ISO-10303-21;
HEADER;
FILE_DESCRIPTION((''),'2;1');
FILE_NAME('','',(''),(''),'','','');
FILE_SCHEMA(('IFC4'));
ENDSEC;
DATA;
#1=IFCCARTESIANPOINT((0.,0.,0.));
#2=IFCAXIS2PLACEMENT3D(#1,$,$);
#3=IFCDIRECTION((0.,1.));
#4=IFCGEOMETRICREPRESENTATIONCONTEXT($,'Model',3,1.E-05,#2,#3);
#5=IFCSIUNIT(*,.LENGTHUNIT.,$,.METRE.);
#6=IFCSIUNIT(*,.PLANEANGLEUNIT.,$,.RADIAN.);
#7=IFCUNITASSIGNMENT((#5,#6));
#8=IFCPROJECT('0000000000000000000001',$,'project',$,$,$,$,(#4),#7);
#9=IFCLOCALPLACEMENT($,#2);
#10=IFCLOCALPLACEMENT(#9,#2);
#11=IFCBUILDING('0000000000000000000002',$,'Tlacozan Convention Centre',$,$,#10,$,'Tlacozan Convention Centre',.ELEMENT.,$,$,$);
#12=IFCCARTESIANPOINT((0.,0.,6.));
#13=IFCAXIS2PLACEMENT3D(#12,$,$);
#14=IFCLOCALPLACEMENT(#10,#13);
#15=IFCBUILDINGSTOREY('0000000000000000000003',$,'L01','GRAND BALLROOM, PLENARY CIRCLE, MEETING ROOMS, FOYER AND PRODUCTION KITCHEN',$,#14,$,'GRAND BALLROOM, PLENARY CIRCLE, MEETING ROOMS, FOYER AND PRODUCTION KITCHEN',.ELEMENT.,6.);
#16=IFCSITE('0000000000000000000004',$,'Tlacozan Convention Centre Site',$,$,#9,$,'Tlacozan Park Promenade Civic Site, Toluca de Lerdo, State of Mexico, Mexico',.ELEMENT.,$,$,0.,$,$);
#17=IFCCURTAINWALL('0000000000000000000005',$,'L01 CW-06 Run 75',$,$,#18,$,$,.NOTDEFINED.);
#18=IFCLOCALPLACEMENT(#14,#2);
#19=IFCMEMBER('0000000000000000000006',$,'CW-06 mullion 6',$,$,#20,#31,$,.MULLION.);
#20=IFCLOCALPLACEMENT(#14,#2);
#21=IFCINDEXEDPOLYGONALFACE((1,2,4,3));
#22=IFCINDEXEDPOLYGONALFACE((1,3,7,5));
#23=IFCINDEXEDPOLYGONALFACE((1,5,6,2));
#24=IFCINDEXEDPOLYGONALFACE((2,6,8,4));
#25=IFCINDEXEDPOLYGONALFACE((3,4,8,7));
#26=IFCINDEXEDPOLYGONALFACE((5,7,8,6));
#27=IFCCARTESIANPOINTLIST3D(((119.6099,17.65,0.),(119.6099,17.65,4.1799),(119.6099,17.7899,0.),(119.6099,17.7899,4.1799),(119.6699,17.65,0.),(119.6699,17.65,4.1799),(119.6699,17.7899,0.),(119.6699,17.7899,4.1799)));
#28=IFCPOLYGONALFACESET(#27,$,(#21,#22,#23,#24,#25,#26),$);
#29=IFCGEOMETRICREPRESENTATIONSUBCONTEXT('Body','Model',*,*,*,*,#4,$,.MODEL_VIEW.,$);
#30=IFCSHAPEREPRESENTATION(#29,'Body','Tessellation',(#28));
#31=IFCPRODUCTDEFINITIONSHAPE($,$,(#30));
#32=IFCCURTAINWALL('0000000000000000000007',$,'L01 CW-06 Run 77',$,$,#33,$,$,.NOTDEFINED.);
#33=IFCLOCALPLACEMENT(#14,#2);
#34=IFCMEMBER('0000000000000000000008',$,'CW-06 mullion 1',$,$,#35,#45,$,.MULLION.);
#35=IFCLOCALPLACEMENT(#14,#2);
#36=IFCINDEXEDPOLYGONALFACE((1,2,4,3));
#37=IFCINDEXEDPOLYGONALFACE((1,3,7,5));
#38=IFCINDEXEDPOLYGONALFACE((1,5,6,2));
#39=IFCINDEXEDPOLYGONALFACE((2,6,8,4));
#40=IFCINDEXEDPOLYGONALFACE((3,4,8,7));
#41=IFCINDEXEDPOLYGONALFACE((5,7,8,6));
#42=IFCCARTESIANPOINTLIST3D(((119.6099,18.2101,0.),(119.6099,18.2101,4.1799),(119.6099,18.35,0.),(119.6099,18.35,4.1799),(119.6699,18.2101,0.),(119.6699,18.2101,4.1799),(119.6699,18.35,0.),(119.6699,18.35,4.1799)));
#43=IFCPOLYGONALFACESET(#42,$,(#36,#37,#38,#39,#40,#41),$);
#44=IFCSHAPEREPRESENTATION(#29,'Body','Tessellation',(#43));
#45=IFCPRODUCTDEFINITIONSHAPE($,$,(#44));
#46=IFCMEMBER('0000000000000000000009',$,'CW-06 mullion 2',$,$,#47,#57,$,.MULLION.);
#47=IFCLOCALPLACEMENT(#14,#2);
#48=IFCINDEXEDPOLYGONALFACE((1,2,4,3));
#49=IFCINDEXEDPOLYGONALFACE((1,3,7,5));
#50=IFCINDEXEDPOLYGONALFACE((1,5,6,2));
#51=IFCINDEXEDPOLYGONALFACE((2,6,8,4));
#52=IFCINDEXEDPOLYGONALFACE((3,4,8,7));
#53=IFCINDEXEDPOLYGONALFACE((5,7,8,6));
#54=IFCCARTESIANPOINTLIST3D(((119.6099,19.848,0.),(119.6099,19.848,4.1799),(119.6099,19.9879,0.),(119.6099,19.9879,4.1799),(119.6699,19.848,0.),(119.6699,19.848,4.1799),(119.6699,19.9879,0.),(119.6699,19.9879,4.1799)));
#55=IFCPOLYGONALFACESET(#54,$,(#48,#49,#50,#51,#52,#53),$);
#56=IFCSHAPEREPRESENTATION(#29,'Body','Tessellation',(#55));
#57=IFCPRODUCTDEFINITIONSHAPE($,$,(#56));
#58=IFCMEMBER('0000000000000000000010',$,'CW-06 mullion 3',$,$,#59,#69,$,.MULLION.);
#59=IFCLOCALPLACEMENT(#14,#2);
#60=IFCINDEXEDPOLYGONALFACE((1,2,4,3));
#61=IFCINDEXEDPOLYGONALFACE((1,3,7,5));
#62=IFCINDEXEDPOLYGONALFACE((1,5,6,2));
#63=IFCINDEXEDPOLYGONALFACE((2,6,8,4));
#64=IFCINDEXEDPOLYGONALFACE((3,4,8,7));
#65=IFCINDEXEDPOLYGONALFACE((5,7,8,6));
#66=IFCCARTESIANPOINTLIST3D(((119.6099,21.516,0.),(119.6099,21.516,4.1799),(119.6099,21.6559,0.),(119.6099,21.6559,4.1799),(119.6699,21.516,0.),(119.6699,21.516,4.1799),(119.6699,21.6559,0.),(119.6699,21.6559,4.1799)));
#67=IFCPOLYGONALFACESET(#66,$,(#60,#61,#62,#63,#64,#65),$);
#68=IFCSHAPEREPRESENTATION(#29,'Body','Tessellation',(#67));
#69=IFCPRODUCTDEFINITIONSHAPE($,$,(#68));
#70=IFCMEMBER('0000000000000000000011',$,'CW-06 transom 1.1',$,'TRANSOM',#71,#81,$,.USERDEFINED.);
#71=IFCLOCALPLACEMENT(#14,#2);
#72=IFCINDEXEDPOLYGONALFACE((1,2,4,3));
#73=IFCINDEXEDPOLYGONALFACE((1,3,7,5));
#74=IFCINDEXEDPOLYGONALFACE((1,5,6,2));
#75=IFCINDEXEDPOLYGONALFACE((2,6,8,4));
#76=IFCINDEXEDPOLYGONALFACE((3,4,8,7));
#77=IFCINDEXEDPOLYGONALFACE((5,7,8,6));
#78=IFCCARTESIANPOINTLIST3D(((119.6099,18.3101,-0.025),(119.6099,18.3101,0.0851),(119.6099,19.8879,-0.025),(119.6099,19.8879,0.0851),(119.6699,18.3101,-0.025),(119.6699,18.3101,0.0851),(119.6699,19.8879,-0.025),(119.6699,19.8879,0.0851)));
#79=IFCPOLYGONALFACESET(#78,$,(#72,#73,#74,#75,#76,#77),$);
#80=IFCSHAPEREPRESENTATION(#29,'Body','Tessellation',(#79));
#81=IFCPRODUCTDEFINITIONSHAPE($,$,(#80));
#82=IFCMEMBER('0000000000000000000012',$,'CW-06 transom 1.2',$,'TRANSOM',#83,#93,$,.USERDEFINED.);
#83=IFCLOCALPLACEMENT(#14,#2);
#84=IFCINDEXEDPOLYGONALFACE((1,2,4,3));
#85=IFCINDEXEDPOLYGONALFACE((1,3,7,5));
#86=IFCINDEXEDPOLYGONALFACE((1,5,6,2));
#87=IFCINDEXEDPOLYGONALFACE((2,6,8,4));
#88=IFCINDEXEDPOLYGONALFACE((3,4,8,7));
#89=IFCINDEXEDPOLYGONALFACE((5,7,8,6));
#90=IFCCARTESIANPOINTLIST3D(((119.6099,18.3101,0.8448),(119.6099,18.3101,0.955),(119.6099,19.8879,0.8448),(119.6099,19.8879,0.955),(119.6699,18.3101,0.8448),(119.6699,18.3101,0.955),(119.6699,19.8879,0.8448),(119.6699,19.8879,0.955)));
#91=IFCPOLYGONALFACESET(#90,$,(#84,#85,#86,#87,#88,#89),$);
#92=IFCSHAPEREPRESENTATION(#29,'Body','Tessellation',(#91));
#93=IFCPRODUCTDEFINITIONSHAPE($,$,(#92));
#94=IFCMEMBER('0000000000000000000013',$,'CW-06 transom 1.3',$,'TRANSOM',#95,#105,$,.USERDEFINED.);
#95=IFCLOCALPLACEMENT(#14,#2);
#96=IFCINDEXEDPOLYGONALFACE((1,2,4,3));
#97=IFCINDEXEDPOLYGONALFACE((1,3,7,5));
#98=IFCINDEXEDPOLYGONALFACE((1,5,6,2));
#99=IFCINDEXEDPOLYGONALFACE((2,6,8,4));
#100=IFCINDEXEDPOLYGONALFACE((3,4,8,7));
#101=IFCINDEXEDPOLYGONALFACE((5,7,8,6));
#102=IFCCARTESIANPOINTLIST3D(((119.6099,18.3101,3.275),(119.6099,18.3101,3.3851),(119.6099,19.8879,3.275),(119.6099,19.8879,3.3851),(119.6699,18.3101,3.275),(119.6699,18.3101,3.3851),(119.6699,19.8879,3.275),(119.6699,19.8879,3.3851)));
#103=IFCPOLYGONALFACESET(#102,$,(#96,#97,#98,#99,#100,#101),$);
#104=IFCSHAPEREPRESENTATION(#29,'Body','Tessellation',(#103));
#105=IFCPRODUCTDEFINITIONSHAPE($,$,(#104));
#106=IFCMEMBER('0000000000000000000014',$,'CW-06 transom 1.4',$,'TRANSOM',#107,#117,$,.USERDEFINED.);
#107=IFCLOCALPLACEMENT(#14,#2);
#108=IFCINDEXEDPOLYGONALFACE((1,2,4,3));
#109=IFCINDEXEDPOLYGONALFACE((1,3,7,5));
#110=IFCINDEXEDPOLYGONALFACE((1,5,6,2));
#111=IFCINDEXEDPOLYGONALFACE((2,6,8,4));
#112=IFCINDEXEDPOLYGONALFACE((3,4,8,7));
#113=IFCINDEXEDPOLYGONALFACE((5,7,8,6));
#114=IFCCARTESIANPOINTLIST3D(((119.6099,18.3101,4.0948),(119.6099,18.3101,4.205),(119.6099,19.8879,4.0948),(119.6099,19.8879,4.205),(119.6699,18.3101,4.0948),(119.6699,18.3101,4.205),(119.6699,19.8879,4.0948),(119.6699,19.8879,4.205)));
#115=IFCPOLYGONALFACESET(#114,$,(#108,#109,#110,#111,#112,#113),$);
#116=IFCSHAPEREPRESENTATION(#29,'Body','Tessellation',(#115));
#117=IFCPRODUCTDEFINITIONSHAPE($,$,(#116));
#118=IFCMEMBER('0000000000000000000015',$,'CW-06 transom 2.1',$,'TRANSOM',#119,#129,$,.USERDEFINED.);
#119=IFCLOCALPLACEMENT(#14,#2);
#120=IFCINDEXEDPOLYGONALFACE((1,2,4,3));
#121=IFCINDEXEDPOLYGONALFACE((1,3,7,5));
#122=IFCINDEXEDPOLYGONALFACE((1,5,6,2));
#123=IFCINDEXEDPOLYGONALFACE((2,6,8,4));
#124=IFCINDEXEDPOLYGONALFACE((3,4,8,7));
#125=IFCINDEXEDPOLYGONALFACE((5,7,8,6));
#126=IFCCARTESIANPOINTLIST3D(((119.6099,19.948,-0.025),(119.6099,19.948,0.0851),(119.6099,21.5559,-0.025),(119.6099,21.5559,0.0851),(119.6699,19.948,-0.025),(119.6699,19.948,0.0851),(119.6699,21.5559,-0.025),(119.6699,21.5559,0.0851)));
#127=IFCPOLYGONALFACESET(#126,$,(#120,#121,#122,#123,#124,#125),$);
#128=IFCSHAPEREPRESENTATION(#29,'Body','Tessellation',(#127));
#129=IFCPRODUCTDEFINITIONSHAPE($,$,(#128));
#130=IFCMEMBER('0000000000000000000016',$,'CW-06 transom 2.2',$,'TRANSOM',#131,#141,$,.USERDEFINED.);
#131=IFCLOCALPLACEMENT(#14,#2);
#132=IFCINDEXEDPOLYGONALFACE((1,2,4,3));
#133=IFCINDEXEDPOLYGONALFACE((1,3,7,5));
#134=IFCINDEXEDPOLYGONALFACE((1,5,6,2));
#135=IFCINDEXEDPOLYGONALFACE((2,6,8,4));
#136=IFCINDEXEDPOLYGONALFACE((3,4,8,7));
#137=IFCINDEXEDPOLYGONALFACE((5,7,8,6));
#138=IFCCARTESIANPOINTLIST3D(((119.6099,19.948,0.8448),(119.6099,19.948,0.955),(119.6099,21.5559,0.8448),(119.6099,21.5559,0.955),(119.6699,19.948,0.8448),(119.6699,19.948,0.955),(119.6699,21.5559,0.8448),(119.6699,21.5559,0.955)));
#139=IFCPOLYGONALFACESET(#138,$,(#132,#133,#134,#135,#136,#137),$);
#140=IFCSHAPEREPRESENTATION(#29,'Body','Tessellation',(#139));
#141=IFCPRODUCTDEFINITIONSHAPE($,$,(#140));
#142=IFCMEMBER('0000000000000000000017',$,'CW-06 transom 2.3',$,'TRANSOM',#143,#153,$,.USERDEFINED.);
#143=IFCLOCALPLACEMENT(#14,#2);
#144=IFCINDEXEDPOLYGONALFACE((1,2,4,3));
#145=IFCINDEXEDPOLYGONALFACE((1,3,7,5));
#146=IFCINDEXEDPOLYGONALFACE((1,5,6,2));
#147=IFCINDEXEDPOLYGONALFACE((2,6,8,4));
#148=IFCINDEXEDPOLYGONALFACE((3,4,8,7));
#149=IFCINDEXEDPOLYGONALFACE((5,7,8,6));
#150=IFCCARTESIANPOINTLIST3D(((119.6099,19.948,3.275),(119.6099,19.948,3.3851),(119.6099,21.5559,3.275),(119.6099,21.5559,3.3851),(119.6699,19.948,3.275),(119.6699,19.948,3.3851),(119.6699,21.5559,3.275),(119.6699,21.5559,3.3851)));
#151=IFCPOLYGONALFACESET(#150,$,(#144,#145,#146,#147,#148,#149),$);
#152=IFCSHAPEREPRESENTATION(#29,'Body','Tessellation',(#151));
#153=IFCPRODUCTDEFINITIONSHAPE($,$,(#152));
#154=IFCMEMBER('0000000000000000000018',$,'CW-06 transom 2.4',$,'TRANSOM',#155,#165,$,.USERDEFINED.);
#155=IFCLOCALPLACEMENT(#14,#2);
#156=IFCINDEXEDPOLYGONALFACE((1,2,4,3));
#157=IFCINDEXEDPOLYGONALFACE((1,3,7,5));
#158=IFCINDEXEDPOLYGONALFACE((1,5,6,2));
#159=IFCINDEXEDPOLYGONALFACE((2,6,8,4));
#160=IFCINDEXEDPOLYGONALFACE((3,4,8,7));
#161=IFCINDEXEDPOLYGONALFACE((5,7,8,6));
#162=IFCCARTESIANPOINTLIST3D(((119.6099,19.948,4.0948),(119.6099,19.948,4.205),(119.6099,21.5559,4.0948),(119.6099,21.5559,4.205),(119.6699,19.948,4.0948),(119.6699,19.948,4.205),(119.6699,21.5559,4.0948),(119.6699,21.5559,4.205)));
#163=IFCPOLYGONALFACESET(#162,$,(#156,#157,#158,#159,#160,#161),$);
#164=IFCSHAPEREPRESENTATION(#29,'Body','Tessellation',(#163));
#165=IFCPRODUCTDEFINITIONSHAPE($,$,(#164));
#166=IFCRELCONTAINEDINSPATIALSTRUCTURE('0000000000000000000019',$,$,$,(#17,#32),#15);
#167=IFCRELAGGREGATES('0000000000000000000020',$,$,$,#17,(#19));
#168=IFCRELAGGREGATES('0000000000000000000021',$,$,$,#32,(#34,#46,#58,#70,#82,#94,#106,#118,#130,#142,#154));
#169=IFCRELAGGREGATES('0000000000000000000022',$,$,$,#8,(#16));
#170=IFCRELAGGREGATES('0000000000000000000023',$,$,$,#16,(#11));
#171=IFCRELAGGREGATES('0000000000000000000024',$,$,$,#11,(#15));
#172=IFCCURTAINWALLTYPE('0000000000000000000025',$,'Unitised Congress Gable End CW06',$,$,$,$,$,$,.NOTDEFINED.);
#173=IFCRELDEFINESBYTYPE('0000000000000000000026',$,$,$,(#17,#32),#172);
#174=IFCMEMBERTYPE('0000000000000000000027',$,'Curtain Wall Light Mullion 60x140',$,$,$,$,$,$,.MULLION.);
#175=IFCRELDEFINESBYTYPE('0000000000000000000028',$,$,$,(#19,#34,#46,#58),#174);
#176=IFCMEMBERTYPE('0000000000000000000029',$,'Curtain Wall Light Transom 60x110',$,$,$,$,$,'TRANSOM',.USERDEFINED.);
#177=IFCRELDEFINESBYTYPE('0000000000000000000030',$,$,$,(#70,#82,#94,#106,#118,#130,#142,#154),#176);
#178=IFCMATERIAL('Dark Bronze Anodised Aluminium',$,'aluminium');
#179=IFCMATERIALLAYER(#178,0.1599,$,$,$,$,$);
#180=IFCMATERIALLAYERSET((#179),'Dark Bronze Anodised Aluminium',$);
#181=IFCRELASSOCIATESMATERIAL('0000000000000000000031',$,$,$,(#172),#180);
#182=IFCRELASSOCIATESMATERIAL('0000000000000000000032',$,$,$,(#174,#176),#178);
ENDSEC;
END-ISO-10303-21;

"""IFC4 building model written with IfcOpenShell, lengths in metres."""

from ifc_helpers import new_model, si_unit, direction, frame, origin, origin_2d, place, context, subcontext, project, spatial, rectangle, extrude, material, layer, layer_set, material_profile, profile_set, type_object, element, aggregate, save


model = new_model("IFC4")

# Units and contexts
model_context = context("Model", 3, precision=1e-05, world=origin(), true_north=direction((0.0, 1.0)))
body_context = subcontext(model_context, "Body", "Model", "MODEL_VIEW")
ifc_project = project(units=[si_unit("LENGTHUNIT", "METRE"), si_unit("PLANEANGLEUNIT", "RADIAN")], contexts=[model_context])

# Site, building, storey
site_placement = place(None, origin())
site = spatial("IfcSite", under=ifc_project, at=site_placement, Name="Tlacozan Convention Centre Site", LongName="Tlacozan Park Promenade Civic Site, Toluca de Lerdo, State of Mexico, Mexico", CompositionType="ELEMENT", RefElevation=0.0)
building_placement = place(site_placement, origin())
building = spatial("IfcBuilding", under=site, at=building_placement, Name="Tlacozan Convention Centre", LongName="Tlacozan Convention Centre", CompositionType="ELEMENT")
storey_placement = place(building_placement, frame((0.0, 0.0, 6.0)))
storey = spatial("IfcBuildingStorey", under=building, at=storey_placement, Name="L01", Description="GRAND BALLROOM, PLENARY CIRCLE, MEETING ROOMS, FOYER AND PRODUCTION KITCHEN", LongName="GRAND BALLROOM, PLENARY CIRCLE, MEETING ROOMS, FOYER AND PRODUCTION KITCHEN", CompositionType="ELEMENT", Elevation=6.0)

# Curtain wall, member
ifc_material_1 = material(Name="Dark Bronze Anodised Aluminium", Category="aluminium")
ifc_layer_1 = layer(ifc_material_1, 0.1599)
ifc_layer_set_1 = layer_set([ifc_layer_1], Name="Dark Bronze Anodised Aluminium")
curtain_wall_type = type_object("IfcCurtainWallType", Name="Unitised Congress Gable End CW06", PredefinedType="NOTDEFINED", material=ifc_layer_set_1)
curtain_wall_1_placement = place(storey_placement, origin())
curtain_wall_1 = element("IfcCurtainWall", 1, at=curtain_wall_1_placement, inside=storey, type_object=curtain_wall_type, Name="L01 CW-06 Run 75", PredefinedType="NOTDEFINED")
ifc_material_profile_1 = material_profile(ifc_material_1, rectangle(XDim=0.0601, YDim=0.1399, at=origin_2d()), Name="ALU 60x140")
ifc_profile_set_1 = profile_set([ifc_material_profile_1], Name="Dark Bronze Anodised Aluminium")
member_type_1 = type_object("IfcMemberType", Name="Curtain Wall Light Mullion 60x140", PredefinedType="MULLION", material=ifc_profile_set_1)
member_1_placement = place(storey_placement, frame((119.6399, 17.72, 0.0), z_axis=(0.0, 0.0, 1.0), x_axis=(-1.0, 0.0, 0.0)))
member_1 = element("IfcMember", 2, at=member_1_placement, type_object=member_type_1, Name="CW-06 mullion 6", PredefinedType="MULLION", context=body_context, shape_type="SweptSolid", body=[
    extrude(rectangle(XDim=0.0601, YDim=0.1399, at=origin_2d()), origin(), (0.0, 0.0, 1.0), 4.1799),
])

# Curtain wall, members
curtain_wall_2_placement = place(storey_placement, origin())
curtain_wall_2 = element("IfcCurtainWall", 3, at=curtain_wall_2_placement, inside=storey, type_object=curtain_wall_type, Name="L01 CW-06 Run 77", PredefinedType="NOTDEFINED")
member_2_placement = place(storey_placement, frame((119.6399, 18.28, 0.0), z_axis=(0.0, 0.0, 1.0), x_axis=(-1.0, 0.0, 0.0)))
member_2 = element("IfcMember", 4, at=member_2_placement, type_object=member_type_1, Name="CW-06 mullion 1", PredefinedType="MULLION", context=body_context, shape_type="SweptSolid", body=[
    extrude(rectangle(XDim=0.0601, YDim=0.1399, at=origin_2d()), origin(), (0.0, 0.0, 1.0), 4.1799),
])
member_3_placement = place(storey_placement, frame((119.6399, 19.918, 0.0), z_axis=(0.0, 0.0, 1.0), x_axis=(-1.0, 0.0, 0.0)))
member_3 = element("IfcMember", 5, at=member_3_placement, type_object=member_type_1, Name="CW-06 mullion 2", PredefinedType="MULLION", context=body_context, shape_type="SweptSolid", body=[
    extrude(rectangle(XDim=0.0601, YDim=0.1399, at=origin_2d()), origin(), (0.0, 0.0, 1.0), 4.1799),
])
member_4_placement = place(storey_placement, frame((119.6399, 21.5859, 0.0), z_axis=(0.0, 0.0, 1.0), x_axis=(-1.0, 0.0, 0.0)))
member_4 = element("IfcMember", 6, at=member_4_placement, type_object=member_type_1, Name="CW-06 mullion 3", PredefinedType="MULLION", context=body_context, shape_type="SweptSolid", body=[
    extrude(rectangle(XDim=0.0601, YDim=0.1399, at=origin_2d()), origin(), (0.0, 0.0, 1.0), 4.1799),
])
ifc_material_profile_2 = material_profile(ifc_material_1, rectangle(XDim=0.0601, YDim=0.1101, at=origin_2d()), Name="ALU 60x110")
ifc_profile_set_2 = profile_set([ifc_material_profile_2], Name="Dark Bronze Anodised Aluminium")
member_type_2 = type_object("IfcMemberType", Name="Curtain Wall Light Transom 60x110", ElementType="TRANSOM", PredefinedType="USERDEFINED", material=ifc_profile_set_2)
member_5_placement = place(storey_placement, frame((119.6399, 18.3101, 0.03), z_axis=(0.0, 1.0, 0.0), x_axis=(-1.0, 0.0, 0.0)))
member_5 = element("IfcMember", 7, at=member_5_placement, type_object=member_type_2, Name="CW-06 transom 1.1", ObjectType="TRANSOM", PredefinedType="USERDEFINED", context=body_context, shape_type="SweptSolid", body=[
    extrude(rectangle(XDim=0.0601, YDim=0.1101, at=origin_2d()), origin(), (0.0, 0.0, 1.0), 1.5779),
])
member_6_placement = place(storey_placement, frame((119.6399, 18.3101, 0.8999), z_axis=(0.0, 1.0, 0.0), x_axis=(-1.0, 0.0, 0.0)))
member_6 = element("IfcMember", 8, at=member_6_placement, type_object=member_type_2, Name="CW-06 transom 1.2", ObjectType="TRANSOM", PredefinedType="USERDEFINED", context=body_context, shape_type="SweptSolid", body=[
    extrude(rectangle(XDim=0.0601, YDim=0.1101, at=origin_2d()), origin(), (0.0, 0.0, 1.0), 1.5779),
])
member_7_placement = place(storey_placement, frame((119.6399, 18.3101, 3.3301), z_axis=(0.0, 1.0, 0.0), x_axis=(-1.0, 0.0, 0.0)))
member_7 = element("IfcMember", 9, at=member_7_placement, type_object=member_type_2, Name="CW-06 transom 1.3", ObjectType="TRANSOM", PredefinedType="USERDEFINED", context=body_context, shape_type="SweptSolid", body=[
    extrude(rectangle(XDim=0.0601, YDim=0.1101, at=origin_2d()), origin(), (0.0, 0.0, 1.0), 1.5779),
])
member_8_placement = place(storey_placement, frame((119.6399, 18.3101, 4.1499), z_axis=(0.0, 1.0, 0.0), x_axis=(-1.0, 0.0, 0.0)))
member_8 = element("IfcMember", 10, at=member_8_placement, type_object=member_type_2, Name="CW-06 transom 1.4", ObjectType="TRANSOM", PredefinedType="USERDEFINED", context=body_context, shape_type="SweptSolid", body=[
    extrude(rectangle(XDim=0.0601, YDim=0.1101, at=origin_2d()), origin(), (0.0, 0.0, 1.0), 1.5779),
])
member_9_placement = place(storey_placement, frame((119.6399, 19.948, 0.03), z_axis=(0.0, 1.0, 0.0), x_axis=(-1.0, 0.0, 0.0)))
member_9 = element("IfcMember", 11, at=member_9_placement, type_object=member_type_2, Name="CW-06 transom 2.1", ObjectType="TRANSOM", PredefinedType="USERDEFINED", context=body_context, shape_type="SweptSolid", body=[
    extrude(rectangle(XDim=0.0601, YDim=0.1101, at=origin_2d()), origin(), (0.0, 0.0, 1.0), 1.6079),
])
member_10_placement = place(storey_placement, frame((119.6399, 19.948, 0.8999), z_axis=(0.0, 1.0, 0.0), x_axis=(-1.0, 0.0, 0.0)))
member_10 = element("IfcMember", 12, at=member_10_placement, type_object=member_type_2, Name="CW-06 transom 2.2", ObjectType="TRANSOM", PredefinedType="USERDEFINED", context=body_context, shape_type="SweptSolid", body=[
    extrude(rectangle(XDim=0.0601, YDim=0.1101, at=origin_2d()), origin(), (0.0, 0.0, 1.0), 1.6079),
])
member_11_placement = place(storey_placement, frame((119.6399, 19.948, 3.3301), z_axis=(0.0, 1.0, 0.0), x_axis=(-1.0, 0.0, 0.0)))
member_11 = element("IfcMember", 13, at=member_11_placement, type_object=member_type_2, Name="CW-06 transom 2.3", ObjectType="TRANSOM", PredefinedType="USERDEFINED", context=body_context, shape_type="SweptSolid", body=[
    extrude(rectangle(XDim=0.0601, YDim=0.1101, at=origin_2d()), origin(), (0.0, 0.0, 1.0), 1.6079),
])
member_12_placement = place(storey_placement, frame((119.6399, 19.948, 4.1499), z_axis=(0.0, 1.0, 0.0), x_axis=(-1.0, 0.0, 0.0)))
member_12 = element("IfcMember", 14, at=member_12_placement, type_object=member_type_2, Name="CW-06 transom 2.4", ObjectType="TRANSOM", PredefinedType="USERDEFINED", context=body_context, shape_type="SweptSolid", body=[
    extrude(rectangle(XDim=0.0601, YDim=0.1101, at=origin_2d()), origin(), (0.0, 0.0, 1.0), 1.6079),
])

aggregate(curtain_wall_1, [member_1])
aggregate(curtain_wall_2, [member_2, member_3, member_4, member_5, member_6, member_7, member_8, member_9, member_10, member_11, member_12])

save(model, "model.ifc")
